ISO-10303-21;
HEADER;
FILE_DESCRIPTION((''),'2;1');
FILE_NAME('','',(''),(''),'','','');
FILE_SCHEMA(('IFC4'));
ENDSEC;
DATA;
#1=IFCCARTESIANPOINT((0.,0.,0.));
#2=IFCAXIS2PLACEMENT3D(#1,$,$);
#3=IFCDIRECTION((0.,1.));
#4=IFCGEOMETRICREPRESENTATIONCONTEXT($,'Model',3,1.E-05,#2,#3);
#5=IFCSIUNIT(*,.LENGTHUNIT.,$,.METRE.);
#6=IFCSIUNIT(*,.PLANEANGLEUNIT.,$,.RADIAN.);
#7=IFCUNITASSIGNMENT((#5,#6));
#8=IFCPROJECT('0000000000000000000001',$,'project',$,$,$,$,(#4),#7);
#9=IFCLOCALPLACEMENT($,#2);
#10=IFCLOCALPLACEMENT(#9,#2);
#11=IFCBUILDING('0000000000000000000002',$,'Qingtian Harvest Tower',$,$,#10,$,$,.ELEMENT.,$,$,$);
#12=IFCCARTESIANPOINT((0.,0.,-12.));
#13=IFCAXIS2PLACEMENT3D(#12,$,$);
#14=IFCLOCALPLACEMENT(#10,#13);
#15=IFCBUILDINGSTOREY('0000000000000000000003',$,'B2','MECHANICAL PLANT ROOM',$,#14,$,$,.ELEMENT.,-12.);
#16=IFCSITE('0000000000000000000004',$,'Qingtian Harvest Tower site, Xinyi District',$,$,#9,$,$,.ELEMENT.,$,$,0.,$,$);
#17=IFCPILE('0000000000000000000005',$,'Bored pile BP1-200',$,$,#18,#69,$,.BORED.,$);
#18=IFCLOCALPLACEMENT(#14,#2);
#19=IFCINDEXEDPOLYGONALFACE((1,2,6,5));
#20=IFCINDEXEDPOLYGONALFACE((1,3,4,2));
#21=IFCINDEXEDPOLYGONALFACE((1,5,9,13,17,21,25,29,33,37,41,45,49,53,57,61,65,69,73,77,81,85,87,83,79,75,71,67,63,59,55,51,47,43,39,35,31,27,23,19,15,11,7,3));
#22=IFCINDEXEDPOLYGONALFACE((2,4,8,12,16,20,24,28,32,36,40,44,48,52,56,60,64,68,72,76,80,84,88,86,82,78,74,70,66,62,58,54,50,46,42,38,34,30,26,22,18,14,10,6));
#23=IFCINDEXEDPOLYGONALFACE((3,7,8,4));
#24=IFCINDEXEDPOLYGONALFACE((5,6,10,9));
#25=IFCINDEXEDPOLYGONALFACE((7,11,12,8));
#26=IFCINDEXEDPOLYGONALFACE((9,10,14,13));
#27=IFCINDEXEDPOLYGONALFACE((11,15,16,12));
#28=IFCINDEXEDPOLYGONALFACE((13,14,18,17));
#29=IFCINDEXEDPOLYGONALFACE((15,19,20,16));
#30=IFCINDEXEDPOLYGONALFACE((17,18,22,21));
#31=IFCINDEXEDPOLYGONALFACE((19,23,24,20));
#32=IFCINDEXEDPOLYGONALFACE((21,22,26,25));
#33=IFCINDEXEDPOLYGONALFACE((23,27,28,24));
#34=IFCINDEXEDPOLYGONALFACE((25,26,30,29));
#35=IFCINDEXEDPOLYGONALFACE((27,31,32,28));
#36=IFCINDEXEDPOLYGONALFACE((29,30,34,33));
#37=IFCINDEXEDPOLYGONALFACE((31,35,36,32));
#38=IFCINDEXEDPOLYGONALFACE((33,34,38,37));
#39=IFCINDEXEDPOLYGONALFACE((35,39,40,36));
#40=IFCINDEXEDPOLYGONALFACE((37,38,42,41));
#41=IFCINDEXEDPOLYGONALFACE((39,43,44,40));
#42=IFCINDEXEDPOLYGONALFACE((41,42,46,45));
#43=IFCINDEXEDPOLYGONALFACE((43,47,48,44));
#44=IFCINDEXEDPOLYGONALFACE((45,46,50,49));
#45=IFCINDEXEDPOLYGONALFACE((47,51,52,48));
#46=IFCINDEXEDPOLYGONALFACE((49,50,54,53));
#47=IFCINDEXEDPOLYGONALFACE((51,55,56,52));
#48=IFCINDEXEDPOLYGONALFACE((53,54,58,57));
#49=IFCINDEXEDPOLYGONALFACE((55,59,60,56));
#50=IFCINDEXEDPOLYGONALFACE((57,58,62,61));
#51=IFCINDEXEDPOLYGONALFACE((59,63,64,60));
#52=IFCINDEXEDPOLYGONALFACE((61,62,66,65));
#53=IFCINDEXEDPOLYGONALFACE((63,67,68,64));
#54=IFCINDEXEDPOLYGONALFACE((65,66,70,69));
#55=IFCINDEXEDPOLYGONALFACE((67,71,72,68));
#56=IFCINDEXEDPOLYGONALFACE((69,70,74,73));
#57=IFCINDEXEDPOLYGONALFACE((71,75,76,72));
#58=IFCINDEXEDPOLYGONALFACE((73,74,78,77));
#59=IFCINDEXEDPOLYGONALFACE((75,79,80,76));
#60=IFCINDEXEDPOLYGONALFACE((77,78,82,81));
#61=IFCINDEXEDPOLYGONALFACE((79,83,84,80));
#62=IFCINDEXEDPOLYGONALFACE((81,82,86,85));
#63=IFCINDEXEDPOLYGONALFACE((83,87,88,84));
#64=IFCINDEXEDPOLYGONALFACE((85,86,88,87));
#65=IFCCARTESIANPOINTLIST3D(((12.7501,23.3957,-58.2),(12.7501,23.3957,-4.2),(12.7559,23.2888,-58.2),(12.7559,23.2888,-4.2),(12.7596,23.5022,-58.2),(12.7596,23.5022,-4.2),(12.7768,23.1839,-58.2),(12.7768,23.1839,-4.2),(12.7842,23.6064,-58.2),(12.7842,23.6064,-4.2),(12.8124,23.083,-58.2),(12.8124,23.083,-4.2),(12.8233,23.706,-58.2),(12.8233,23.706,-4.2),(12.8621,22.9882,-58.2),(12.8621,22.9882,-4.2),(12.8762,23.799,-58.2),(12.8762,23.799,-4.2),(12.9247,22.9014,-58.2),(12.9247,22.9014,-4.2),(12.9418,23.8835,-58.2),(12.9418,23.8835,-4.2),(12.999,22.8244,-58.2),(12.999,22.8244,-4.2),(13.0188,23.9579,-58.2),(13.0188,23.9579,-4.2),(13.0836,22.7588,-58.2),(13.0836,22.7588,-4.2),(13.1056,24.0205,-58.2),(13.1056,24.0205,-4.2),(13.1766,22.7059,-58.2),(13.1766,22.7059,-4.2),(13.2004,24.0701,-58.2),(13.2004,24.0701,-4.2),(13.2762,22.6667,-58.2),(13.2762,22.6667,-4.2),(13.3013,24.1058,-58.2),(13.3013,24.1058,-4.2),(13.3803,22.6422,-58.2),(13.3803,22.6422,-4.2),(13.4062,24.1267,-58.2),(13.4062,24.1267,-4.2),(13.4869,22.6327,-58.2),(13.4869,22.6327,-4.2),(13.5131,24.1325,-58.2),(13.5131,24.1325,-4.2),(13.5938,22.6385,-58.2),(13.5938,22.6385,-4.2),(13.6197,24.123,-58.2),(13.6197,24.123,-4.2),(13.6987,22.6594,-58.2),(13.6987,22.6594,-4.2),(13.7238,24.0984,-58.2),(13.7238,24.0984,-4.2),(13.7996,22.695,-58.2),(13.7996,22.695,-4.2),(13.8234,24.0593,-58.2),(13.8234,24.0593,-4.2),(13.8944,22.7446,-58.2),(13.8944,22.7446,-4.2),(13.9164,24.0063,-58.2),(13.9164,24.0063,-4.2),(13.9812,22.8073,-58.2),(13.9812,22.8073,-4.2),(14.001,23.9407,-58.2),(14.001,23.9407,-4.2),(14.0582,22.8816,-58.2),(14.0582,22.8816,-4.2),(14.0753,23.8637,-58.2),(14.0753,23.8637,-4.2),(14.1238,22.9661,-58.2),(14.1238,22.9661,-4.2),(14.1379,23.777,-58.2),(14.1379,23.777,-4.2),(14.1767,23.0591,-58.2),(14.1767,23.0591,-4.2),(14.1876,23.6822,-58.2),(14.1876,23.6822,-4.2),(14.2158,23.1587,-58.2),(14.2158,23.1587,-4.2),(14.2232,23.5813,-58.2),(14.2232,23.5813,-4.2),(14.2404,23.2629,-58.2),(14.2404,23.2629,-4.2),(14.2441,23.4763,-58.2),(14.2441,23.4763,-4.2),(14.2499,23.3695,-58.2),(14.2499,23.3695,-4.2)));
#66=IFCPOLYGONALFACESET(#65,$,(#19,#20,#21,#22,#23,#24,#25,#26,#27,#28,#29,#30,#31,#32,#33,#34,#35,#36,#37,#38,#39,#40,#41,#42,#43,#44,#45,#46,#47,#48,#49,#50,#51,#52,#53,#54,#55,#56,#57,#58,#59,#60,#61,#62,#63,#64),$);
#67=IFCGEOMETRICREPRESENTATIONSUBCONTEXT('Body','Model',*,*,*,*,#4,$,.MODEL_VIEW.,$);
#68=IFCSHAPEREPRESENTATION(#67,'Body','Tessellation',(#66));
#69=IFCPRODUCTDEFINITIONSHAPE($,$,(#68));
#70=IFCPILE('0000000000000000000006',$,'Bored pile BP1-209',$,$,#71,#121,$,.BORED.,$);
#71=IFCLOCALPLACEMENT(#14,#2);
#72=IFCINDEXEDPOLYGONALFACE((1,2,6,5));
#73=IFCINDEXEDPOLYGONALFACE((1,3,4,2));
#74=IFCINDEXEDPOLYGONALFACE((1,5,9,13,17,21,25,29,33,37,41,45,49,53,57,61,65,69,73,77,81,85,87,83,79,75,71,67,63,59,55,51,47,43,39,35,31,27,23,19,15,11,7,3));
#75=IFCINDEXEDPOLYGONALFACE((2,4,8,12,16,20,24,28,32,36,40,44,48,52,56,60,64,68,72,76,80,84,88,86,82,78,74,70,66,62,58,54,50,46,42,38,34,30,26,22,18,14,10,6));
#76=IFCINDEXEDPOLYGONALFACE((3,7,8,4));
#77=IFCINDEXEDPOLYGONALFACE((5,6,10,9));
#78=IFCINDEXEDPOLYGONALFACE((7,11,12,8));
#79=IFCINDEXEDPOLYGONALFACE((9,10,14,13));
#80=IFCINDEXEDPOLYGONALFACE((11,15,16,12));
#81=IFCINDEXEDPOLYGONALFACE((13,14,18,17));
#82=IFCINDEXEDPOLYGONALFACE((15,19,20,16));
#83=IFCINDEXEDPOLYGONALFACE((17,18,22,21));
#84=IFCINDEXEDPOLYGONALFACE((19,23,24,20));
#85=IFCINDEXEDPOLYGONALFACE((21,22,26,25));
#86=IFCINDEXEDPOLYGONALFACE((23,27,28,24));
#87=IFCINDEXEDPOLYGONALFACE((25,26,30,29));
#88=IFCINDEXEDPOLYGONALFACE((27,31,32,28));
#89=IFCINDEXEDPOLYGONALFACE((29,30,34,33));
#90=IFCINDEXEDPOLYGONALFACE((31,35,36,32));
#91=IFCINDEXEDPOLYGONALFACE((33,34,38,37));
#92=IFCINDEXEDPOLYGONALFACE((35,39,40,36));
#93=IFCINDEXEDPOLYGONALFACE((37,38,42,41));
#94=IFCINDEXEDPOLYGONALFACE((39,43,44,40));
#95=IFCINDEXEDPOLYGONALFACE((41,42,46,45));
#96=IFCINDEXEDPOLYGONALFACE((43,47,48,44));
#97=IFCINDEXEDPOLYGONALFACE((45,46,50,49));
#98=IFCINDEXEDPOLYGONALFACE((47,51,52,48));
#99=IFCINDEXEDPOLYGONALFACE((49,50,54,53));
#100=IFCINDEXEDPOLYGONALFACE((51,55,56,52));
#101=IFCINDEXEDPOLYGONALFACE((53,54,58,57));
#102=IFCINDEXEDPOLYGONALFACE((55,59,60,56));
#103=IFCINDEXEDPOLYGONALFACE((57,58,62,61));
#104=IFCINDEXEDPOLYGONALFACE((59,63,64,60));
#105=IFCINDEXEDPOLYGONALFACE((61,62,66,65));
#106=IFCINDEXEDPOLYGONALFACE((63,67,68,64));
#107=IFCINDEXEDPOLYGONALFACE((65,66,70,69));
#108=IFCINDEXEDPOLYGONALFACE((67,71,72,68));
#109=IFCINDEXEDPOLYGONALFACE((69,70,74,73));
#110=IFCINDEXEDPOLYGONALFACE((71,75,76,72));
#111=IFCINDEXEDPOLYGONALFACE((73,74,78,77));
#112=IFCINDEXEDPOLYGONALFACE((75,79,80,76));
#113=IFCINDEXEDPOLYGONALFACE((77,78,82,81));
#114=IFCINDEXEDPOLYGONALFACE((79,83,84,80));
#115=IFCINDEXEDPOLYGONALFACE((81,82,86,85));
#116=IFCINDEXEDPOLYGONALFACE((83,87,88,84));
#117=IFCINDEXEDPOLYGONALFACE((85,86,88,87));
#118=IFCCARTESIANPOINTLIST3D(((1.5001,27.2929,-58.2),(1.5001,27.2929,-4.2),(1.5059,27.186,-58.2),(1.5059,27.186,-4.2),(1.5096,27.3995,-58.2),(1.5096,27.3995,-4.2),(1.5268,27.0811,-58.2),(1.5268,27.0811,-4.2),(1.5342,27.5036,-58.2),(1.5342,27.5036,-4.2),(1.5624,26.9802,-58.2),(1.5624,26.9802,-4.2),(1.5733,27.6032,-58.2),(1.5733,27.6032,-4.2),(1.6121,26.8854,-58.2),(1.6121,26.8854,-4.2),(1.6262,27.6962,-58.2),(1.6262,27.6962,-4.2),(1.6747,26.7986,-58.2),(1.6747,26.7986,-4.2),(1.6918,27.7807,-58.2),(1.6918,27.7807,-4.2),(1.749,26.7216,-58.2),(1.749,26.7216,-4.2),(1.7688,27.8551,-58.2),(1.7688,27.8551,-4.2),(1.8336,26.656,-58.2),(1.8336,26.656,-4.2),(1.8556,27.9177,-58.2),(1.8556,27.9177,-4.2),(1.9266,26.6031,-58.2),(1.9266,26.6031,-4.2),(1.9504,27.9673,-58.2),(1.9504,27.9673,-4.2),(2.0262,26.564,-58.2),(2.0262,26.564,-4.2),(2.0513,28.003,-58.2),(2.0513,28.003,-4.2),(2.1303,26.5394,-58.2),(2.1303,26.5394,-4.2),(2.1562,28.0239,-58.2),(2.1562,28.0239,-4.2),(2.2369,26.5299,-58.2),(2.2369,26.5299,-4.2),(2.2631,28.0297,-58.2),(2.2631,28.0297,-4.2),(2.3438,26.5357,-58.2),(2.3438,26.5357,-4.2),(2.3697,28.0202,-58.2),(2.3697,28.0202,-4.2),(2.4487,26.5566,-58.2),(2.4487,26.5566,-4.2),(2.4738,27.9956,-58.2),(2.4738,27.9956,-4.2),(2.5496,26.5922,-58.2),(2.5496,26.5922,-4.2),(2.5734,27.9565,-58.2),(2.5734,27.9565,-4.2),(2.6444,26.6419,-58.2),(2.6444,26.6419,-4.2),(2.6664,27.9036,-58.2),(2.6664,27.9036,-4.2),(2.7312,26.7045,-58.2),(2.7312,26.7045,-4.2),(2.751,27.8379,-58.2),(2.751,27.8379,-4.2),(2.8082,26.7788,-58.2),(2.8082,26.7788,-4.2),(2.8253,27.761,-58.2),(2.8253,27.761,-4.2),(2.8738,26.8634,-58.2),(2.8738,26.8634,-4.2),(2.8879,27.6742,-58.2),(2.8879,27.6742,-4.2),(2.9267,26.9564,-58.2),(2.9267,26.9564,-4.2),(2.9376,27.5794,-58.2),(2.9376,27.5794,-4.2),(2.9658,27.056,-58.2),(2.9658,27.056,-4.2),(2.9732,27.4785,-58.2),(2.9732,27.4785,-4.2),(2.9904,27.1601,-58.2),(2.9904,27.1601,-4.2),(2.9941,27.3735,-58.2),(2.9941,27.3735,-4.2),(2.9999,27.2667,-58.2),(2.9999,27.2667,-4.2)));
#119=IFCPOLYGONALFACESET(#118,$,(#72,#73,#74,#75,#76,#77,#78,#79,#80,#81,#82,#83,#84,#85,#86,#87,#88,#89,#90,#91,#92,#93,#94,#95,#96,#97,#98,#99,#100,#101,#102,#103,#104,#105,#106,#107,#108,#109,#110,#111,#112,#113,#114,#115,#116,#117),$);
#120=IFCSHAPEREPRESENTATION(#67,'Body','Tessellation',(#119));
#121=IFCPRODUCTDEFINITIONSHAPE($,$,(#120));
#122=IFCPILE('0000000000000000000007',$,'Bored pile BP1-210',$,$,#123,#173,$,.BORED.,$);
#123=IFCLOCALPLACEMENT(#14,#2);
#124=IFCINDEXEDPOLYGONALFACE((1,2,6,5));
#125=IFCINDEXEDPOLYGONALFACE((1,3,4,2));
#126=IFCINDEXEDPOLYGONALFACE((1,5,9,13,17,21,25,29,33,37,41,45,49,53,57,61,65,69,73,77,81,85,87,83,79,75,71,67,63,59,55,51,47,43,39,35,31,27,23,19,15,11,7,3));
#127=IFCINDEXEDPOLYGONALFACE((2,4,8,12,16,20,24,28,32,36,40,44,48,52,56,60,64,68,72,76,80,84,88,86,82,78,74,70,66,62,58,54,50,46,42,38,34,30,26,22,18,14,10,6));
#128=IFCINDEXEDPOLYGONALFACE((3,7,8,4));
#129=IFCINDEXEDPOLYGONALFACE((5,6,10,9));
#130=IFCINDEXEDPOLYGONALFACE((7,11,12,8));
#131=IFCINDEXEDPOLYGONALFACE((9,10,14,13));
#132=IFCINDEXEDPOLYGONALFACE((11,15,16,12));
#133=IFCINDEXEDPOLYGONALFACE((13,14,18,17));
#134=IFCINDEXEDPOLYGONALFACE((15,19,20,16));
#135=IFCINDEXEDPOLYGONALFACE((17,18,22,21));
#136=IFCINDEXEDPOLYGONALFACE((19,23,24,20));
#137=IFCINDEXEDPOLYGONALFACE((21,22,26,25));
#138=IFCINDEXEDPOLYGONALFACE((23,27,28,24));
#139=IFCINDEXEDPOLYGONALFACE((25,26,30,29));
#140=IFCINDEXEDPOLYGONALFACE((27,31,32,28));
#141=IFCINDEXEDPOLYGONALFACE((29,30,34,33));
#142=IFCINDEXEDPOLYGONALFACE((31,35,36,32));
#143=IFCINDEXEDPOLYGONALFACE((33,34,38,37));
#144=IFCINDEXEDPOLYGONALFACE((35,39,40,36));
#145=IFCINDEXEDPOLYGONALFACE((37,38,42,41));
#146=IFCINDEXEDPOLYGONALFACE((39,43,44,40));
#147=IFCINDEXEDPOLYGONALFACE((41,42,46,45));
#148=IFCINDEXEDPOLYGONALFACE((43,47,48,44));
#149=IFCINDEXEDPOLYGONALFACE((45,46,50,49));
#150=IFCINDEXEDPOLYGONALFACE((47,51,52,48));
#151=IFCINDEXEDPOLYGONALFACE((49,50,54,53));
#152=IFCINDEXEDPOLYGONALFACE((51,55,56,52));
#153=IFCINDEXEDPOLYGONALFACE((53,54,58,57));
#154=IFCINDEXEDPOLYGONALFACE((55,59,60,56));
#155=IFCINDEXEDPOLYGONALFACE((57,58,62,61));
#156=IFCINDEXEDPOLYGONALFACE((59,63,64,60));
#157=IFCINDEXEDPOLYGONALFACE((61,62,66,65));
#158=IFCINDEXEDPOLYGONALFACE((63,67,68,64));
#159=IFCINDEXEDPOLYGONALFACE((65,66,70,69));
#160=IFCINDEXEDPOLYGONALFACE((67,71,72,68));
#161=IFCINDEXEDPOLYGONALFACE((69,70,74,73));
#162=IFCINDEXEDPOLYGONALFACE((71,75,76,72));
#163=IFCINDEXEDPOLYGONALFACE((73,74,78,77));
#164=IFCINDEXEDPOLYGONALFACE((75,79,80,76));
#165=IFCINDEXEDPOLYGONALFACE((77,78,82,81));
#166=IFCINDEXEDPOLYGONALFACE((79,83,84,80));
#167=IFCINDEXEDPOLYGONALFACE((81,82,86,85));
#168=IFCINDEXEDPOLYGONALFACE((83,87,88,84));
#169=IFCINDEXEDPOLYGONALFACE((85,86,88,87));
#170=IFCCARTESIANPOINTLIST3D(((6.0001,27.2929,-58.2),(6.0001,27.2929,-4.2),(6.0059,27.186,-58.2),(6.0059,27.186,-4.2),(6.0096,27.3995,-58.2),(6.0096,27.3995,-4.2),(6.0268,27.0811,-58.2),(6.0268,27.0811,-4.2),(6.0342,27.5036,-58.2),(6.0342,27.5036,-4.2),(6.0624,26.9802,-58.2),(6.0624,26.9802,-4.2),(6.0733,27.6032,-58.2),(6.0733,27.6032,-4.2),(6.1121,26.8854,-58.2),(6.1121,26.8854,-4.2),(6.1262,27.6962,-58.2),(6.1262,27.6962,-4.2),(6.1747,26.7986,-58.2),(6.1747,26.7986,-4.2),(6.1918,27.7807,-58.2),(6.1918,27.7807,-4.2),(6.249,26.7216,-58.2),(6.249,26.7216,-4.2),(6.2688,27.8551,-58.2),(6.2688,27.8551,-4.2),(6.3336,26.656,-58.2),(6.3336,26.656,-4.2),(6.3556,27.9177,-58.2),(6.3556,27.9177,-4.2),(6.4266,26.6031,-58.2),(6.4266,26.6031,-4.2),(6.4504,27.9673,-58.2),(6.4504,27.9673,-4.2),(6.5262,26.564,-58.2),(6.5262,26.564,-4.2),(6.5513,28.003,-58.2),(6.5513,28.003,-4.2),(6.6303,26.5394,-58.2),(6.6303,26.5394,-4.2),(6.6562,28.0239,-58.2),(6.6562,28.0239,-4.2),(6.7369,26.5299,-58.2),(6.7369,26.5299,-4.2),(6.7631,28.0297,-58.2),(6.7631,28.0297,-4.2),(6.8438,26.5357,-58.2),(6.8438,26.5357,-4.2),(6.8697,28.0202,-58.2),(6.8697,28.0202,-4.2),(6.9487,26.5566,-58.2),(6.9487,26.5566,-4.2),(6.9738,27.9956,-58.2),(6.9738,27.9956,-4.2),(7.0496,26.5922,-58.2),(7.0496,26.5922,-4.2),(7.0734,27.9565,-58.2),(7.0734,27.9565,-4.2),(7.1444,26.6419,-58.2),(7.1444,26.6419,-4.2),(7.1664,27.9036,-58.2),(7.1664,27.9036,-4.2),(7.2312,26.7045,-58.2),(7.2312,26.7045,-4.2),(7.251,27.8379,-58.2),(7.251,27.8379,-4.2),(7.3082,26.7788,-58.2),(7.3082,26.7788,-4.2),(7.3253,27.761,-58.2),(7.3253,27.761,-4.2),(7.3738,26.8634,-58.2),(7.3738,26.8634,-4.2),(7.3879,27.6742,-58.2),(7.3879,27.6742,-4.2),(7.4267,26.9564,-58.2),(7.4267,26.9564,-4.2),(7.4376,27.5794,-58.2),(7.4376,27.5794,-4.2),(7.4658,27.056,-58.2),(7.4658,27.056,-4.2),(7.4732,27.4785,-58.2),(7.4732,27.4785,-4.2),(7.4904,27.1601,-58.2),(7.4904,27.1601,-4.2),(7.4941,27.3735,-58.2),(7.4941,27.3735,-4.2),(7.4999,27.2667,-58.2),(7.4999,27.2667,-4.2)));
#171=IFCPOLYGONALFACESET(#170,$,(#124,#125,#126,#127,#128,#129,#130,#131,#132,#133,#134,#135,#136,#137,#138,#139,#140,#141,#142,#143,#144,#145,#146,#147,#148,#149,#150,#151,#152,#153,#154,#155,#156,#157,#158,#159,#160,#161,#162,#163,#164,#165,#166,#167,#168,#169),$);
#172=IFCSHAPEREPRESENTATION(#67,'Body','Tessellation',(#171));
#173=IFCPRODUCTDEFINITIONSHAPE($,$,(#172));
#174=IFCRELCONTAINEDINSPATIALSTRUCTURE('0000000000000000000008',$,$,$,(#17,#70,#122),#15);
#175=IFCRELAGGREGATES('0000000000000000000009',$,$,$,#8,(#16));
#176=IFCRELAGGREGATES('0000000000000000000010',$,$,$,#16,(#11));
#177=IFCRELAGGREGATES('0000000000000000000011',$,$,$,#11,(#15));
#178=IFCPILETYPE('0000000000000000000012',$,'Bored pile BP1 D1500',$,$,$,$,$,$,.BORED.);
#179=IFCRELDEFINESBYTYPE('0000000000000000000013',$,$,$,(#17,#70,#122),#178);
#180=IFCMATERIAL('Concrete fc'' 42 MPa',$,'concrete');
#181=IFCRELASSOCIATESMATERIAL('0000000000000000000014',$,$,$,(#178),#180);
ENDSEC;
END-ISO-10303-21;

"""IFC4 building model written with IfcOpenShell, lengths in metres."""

from ifc_helpers import new_model, si_unit, direction, frame, frame_2d, origin, place, context, subcontext, project, spatial, circle, extrude, material, material_profile, profile_set, type_object, element, save


model = new_model("IFC4")

# Units and contexts
model_context = context("Model", 3, precision=1e-05, world=origin(), true_north=direction((0.0, 1.0)))
body_context = subcontext(model_context, "Body", "Model", "MODEL_VIEW")
ifc_project = project(units=[si_unit("LENGTHUNIT", "METRE"), si_unit("PLANEANGLEUNIT", "RADIAN")], contexts=[model_context])

# Site, building, storey
site_placement = place(None, origin())
site = spatial("IfcSite", under=ifc_project, at=site_placement, Name="Qingtian Harvest Tower site, Xinyi District", CompositionType="ELEMENT", RefElevation=0.0)
building_placement = place(site_placement, origin())
building = spatial("IfcBuilding", under=site, at=building_placement, Name="Qingtian Harvest Tower", CompositionType="ELEMENT")
storey_placement = place(building_placement, frame((0.0, 0.0, -12.0)))
storey = spatial("IfcBuildingStorey", under=building, at=storey_placement, Name="B2", Description="MECHANICAL PLANT ROOM", CompositionType="ELEMENT", Elevation=-12.0)

# Piles
ifc_material_1 = material(Name="Concrete fc' 42 MPa", Category="concrete")
ifc_material_profile_1 = material_profile(ifc_material_1, circle(Radius=0.75, at=frame_2d((0.0, 0.0), x_axis=(0.999848, 0.017452))), Name="Bored pile BP1 D1500")
ifc_profile_set_1 = profile_set([ifc_material_profile_1], Name="Concrete fc' 42 MPa")
pile_type = type_object("IfcPileType", Name="Bored pile BP1 D1500", PredefinedType="BORED", material=ifc_profile_set_1)
for number, where, z_axis, x_axis, name in (
    (1, (13.5, 23.3826, -4.2), (0.0, 0.0, -1.0), (1.0, 0.0, 0.0), "Bored pile BP1-200"),
    (2, (2.25, 27.2798, -4.2), (0.0, 0.0, -1.0), (1.0, 0.0, 0.0), "Bored pile BP1-209"),
    (3, (6.75, 27.2798, -4.2), (0.0, 0.0, -1.0), (1.0, 0.0, 0.0), "Bored pile BP1-210"),
):
    element("IfcPile", number, at=place(storey_placement, frame(where, z_axis=z_axis, x_axis=x_axis)), inside=storey, type_object=pile_type, Name=name, PredefinedType="BORED", context=body_context, shape_type="SweptSolid", body=[
        extrude(circle(Radius=0.75, at=frame_2d((0.0, 0.0), x_axis=(0.999848, 0.017452))), origin(), (0.0, 0.0, 1.0), 54.0),
    ])

save(model, "model.ifc")
